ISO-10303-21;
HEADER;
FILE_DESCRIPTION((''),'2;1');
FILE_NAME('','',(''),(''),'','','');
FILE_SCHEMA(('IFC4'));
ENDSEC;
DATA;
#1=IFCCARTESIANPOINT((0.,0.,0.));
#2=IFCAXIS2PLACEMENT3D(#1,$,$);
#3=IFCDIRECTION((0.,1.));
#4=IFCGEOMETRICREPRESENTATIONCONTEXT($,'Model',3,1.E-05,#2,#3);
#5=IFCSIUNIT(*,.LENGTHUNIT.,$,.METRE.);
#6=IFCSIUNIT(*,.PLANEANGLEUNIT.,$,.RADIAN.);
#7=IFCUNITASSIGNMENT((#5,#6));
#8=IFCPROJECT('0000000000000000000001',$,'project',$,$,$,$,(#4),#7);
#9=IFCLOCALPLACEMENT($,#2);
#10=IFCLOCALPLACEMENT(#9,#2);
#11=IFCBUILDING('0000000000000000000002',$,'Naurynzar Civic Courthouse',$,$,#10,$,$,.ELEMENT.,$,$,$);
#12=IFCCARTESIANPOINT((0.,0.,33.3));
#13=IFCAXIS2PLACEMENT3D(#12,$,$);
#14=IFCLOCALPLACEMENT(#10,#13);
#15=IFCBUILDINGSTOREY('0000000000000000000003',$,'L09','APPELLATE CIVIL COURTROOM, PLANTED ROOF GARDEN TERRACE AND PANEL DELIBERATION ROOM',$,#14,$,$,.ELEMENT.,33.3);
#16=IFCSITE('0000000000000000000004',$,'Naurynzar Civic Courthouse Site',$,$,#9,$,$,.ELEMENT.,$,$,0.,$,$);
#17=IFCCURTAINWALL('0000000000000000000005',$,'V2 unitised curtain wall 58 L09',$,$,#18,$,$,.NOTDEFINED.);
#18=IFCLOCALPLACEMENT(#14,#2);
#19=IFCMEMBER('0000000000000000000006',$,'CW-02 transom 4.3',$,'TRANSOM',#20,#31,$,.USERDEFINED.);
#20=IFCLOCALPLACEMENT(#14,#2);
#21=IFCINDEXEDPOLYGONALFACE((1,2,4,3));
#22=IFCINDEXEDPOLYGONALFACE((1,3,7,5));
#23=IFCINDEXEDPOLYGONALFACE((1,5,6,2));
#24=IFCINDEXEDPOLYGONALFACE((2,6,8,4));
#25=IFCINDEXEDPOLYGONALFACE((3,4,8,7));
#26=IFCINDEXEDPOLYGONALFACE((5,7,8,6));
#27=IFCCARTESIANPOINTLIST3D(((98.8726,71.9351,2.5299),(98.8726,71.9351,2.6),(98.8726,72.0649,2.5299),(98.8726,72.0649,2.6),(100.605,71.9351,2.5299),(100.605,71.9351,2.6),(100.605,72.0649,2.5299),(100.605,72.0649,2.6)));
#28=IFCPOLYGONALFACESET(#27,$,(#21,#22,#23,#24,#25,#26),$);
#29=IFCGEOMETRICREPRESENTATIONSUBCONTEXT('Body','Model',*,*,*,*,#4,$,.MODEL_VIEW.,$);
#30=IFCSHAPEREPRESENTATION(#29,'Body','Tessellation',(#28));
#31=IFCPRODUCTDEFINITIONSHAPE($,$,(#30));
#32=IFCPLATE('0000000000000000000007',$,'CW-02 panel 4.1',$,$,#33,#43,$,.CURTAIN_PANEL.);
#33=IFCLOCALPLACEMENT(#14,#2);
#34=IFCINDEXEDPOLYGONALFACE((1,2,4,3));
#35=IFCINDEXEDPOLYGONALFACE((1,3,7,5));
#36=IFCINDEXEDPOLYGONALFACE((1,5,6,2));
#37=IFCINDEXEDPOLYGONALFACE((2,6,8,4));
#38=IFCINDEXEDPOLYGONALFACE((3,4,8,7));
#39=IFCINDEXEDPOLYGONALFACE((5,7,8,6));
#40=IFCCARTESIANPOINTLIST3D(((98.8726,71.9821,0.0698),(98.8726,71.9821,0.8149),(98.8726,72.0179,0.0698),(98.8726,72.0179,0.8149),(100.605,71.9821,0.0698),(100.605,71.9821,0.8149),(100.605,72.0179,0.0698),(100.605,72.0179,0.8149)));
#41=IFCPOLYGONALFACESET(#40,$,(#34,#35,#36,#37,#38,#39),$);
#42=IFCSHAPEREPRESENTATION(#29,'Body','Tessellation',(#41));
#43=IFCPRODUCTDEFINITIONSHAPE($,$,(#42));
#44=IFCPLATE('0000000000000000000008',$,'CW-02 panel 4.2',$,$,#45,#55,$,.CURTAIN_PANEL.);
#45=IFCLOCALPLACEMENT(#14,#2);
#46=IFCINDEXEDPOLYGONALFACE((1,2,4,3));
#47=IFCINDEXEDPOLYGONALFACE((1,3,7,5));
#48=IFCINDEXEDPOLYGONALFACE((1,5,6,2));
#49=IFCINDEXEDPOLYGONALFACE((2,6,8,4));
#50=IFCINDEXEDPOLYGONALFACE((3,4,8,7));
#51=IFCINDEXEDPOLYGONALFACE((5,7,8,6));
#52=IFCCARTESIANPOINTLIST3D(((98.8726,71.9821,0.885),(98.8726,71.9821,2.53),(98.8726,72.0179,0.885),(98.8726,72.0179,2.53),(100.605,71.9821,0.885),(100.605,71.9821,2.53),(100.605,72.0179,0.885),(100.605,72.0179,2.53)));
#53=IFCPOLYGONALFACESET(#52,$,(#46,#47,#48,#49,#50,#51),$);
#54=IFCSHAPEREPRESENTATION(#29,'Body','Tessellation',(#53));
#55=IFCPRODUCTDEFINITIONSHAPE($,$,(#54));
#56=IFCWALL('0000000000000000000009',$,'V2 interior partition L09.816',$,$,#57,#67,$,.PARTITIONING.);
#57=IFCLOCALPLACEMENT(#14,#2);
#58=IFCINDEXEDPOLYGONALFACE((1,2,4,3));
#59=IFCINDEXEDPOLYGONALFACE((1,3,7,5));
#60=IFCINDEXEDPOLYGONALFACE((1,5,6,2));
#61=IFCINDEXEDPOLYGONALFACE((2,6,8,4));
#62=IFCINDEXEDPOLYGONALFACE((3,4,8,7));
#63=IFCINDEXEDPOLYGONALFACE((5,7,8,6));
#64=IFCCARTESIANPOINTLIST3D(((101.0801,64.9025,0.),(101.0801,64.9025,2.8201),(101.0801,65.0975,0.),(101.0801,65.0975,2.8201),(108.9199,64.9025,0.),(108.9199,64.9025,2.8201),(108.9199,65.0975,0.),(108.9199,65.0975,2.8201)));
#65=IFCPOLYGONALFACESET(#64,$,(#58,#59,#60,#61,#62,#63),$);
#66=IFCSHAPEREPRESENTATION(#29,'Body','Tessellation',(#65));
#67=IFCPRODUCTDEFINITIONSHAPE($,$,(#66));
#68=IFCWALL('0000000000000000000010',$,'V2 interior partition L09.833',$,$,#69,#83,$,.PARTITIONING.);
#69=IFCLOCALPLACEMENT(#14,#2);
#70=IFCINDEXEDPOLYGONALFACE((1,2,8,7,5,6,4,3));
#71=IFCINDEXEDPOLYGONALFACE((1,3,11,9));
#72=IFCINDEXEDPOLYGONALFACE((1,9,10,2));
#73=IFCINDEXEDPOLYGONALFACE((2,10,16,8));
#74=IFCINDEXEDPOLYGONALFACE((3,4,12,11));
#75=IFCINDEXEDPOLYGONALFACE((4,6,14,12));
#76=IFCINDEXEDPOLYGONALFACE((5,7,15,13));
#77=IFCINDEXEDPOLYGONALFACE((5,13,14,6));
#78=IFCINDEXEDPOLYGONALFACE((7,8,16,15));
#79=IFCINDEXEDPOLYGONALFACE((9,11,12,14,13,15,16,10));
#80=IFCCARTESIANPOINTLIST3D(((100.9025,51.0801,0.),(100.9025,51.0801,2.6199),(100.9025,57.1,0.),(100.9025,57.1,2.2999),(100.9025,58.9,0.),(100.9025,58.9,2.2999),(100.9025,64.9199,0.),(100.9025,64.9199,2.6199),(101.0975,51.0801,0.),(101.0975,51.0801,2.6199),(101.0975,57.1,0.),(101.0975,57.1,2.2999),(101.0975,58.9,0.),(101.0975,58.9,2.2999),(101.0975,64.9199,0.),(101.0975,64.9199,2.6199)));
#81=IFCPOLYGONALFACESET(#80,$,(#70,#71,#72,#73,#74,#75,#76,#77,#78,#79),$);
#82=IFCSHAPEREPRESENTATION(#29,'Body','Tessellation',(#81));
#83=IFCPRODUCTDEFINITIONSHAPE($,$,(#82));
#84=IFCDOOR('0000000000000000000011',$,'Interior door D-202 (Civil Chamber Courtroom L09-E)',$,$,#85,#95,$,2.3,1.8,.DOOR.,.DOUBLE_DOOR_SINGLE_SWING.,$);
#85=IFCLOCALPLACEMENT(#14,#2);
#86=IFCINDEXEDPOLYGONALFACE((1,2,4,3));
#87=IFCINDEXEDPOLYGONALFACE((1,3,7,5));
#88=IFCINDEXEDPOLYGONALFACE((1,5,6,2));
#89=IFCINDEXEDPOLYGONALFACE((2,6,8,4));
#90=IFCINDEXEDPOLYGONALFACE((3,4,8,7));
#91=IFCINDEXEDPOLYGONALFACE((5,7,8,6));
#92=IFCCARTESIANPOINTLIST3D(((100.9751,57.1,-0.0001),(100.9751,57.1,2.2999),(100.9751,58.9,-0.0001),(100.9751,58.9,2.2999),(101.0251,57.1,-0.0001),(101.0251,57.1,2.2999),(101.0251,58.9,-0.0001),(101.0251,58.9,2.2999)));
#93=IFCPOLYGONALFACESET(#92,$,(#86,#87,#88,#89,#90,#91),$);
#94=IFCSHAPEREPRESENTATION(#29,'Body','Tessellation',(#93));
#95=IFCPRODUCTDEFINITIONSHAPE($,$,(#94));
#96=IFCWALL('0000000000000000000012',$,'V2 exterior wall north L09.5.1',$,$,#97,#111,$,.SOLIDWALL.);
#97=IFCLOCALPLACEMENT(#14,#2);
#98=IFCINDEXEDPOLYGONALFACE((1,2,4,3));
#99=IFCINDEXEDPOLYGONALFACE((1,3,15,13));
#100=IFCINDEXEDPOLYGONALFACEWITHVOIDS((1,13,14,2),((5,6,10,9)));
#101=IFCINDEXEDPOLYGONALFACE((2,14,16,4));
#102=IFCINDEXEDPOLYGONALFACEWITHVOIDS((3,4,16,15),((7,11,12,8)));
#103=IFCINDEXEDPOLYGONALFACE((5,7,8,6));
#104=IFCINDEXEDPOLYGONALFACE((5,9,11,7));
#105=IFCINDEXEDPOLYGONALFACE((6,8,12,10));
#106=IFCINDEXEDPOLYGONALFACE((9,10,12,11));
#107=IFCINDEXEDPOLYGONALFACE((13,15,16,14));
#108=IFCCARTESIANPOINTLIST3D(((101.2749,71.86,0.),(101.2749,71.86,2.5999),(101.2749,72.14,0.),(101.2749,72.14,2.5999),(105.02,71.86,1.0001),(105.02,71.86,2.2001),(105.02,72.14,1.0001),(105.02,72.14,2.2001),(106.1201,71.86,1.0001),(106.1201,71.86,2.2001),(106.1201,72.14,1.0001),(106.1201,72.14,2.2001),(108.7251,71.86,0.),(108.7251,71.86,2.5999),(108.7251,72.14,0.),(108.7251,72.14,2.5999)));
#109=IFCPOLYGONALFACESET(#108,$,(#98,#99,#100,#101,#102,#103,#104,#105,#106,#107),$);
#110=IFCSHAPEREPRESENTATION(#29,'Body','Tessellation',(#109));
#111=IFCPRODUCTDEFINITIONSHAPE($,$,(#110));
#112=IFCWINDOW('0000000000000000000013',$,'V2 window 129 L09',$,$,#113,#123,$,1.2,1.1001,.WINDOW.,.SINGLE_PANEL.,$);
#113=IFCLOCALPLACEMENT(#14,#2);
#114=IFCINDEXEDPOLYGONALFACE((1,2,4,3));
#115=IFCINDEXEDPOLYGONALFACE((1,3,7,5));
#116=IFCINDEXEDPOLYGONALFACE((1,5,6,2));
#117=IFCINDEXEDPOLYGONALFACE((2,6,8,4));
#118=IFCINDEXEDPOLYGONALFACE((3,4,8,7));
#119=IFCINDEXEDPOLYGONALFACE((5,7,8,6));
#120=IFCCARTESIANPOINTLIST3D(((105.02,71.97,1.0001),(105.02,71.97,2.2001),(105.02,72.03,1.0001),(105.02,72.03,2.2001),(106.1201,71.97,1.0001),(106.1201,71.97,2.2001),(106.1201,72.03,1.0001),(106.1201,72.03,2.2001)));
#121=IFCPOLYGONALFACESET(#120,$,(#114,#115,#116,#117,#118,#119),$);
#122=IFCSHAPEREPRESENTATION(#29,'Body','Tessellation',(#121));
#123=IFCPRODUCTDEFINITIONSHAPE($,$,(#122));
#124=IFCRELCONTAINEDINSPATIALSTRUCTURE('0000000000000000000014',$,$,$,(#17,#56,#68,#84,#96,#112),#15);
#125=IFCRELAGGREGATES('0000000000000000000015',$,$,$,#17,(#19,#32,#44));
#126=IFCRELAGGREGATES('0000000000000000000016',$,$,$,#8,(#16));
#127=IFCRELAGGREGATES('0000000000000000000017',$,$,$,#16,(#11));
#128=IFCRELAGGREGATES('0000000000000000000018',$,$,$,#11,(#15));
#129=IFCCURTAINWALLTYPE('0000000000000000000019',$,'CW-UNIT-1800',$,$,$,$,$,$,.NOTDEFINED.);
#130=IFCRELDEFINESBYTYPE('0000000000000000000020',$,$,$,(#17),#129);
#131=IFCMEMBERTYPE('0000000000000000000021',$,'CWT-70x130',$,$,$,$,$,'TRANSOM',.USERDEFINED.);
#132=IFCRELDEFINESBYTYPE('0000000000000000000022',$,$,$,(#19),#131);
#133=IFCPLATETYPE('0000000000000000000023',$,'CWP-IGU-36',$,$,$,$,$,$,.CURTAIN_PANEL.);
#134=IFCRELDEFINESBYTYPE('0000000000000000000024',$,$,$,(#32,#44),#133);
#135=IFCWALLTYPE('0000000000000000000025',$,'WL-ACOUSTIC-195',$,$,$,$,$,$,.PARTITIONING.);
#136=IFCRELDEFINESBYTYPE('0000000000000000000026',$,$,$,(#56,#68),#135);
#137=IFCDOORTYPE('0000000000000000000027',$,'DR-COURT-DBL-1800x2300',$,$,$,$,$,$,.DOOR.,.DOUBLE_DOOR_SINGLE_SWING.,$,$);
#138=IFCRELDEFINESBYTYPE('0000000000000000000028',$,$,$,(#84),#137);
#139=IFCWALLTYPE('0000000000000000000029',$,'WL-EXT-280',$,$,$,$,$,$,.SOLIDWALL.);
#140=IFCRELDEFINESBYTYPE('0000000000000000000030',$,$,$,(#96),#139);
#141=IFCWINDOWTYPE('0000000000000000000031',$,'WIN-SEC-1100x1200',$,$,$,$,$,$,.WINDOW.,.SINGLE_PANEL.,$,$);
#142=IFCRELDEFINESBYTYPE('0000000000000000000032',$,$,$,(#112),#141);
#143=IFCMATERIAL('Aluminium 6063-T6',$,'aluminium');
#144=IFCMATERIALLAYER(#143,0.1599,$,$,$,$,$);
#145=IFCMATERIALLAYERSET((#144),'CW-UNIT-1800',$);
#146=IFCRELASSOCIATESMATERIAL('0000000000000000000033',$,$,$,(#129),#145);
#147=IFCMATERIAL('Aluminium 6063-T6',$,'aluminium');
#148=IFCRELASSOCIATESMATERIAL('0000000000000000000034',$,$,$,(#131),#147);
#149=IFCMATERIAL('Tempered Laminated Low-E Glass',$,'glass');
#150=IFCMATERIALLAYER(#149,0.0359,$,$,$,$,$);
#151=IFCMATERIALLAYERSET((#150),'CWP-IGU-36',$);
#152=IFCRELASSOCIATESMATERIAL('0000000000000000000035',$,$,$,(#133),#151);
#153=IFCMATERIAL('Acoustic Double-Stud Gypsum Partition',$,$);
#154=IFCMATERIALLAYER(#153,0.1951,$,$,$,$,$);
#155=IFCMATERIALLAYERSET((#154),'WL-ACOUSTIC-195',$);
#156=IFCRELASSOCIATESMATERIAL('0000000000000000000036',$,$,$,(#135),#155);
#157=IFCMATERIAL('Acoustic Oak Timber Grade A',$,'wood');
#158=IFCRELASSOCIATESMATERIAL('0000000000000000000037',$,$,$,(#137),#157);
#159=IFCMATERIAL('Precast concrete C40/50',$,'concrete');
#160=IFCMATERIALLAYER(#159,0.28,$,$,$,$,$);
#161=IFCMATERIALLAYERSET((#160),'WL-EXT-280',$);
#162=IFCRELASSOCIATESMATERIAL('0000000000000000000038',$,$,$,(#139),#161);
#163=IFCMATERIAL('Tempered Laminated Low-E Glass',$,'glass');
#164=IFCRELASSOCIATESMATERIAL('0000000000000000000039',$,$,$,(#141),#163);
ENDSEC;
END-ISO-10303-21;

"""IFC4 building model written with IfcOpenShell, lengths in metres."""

from ifc_helpers import new_model, si_unit, direction, frame, frame_2d, origin, origin_2d, place, context, subcontext, project, spatial, rectangle, extrude, material, layer, layer_set, material_profile, profile_set, type_object, element, fill, aggregate, save


model = new_model("IFC4")

# Units and contexts
model_context = context("Model", 3, precision=1e-05, world=origin(), true_north=direction((0.0, 1.0)))
body_context = subcontext(model_context, "Body", "Model", "MODEL_VIEW")
ifc_project = project(units=[si_unit("LENGTHUNIT", "METRE"), si_unit("PLANEANGLEUNIT", "RADIAN")], contexts=[model_context])

# Site, building, storey
site_placement = place(None, origin())
site = spatial("IfcSite", under=ifc_project, at=site_placement, Name="Naurynzar Civic Courthouse Site", CompositionType="ELEMENT", RefElevation=0.0)
building_placement = place(site_placement, origin())
building = spatial("IfcBuilding", under=site, at=building_placement, Name="Naurynzar Civic Courthouse", CompositionType="ELEMENT")
storey_placement = place(building_placement, frame((0.0, 0.0, 33.3)))
storey = spatial("IfcBuildingStorey", under=building, at=storey_placement, Name="L09", Description="APPELLATE CIVIL COURTROOM, PLANTED ROOF GARDEN TERRACE AND PANEL DELIBERATION ROOM", CompositionType="ELEMENT", Elevation=33.3)

# Curtain wall, member, plates
ifc_material_1 = material(Name="Aluminium 6063-T6", Category="aluminium")
ifc_layer_1 = layer(ifc_material_1, 0.1599)
ifc_layer_set_1 = layer_set([ifc_layer_1], Name="CW-UNIT-1800")
curtain_wall_type = type_object("IfcCurtainWallType", Name="CW-UNIT-1800", PredefinedType="NOTDEFINED", material=ifc_layer_set_1)
curtain_wall_placement = place(storey_placement, origin())
curtain_wall = element("IfcCurtainWall", 1, at=curtain_wall_placement, inside=storey, type_object=curtain_wall_type, Name="V2 unitised curtain wall 58 L09", PredefinedType="NOTDEFINED")
ifc_material_2 = material(Name="Aluminium 6063-T6", Category="aluminium")
ifc_material_profile_1 = material_profile(ifc_material_2, rectangle(XDim=0.1299, YDim=0.0701, at=origin_2d()), Name="ALU TRANSOM 70x130")
ifc_profile_set_1 = profile_set([ifc_material_profile_1], Name="Aluminium 6063-T6")
member_type_1 = type_object("IfcMemberType", Name="CWT-70x130", ElementType="TRANSOM", PredefinedType="USERDEFINED", material=ifc_profile_set_1)
member_1_placement = place(storey_placement, frame((98.8726, 72.0, 2.5649), z_axis=(1.0, 0.0, 0.0), x_axis=(0.0, 1.0, 0.0)))
member_1 = element("IfcMember", 2, at=member_1_placement, type_object=member_type_1, Name="CW-02 transom 4.3", ObjectType="TRANSOM", PredefinedType="USERDEFINED", context=body_context, shape_type="SweptSolid", body=[
    extrude(rectangle(XDim=0.1299, YDim=0.0701, at=origin_2d()), origin(), (0.0, 0.0, 1.0), 1.7324),
])
ifc_material_3 = material(Name="Tempered Laminated Low-E Glass", Category="glass")
ifc_layer_2 = layer(ifc_material_3, 0.0359)
ifc_layer_set_2 = layer_set([ifc_layer_2], Name="CWP-IGU-36")
plate_type = type_object("IfcPlateType", Name="CWP-IGU-36", PredefinedType="CURTAIN_PANEL", material=ifc_layer_set_2)
plate_1_placement = place(storey_placement, frame((99.7388, 72.0, 0.0698), z_axis=(0.0, 0.0, 1.0), x_axis=(1.0, 0.0, 0.0)))
plate_1 = element("IfcPlate", 3, at=plate_1_placement, type_object=plate_type, Name="CW-02 panel 4.1", PredefinedType="CURTAIN_PANEL", context=body_context, shape_type="SweptSolid", body=[
    extrude(rectangle(XDim=1.7324, YDim=0.0359, at=origin_2d()), origin(), (0.0, 0.0, 1.0), 0.7451),
])
plate_2_placement = place(storey_placement, frame((99.7388, 72.0, 0.885), z_axis=(0.0, 0.0, 1.0), x_axis=(1.0, 0.0, 0.0)))
plate_2 = element("IfcPlate", 4, at=plate_2_placement, type_object=plate_type, Name="CW-02 panel 4.2", PredefinedType="CURTAIN_PANEL", context=body_context, shape_type="SweptSolid", body=[
    extrude(rectangle(XDim=1.7324, YDim=0.0359, at=origin_2d()), origin(), (0.0, 0.0, 1.0), 1.645),
])
aggregate(curtain_wall, [member_1, plate_1, plate_2])

# Wall
ifc_material_4 = material(Name="Acoustic Double-Stud Gypsum Partition")
ifc_layer_3 = layer(ifc_material_4, 0.1951)
ifc_layer_set_3 = layer_set([ifc_layer_3], Name="WL-ACOUSTIC-195")
wall_type_1 = type_object("IfcWallType", Name="WL-ACOUSTIC-195", PredefinedType="PARTITIONING", material=ifc_layer_set_3)
wall_1_placement = place(storey_placement, frame((101.0801, 65.0, 0.0), z_axis=(0.0, 0.0, 1.0), x_axis=(1.0, 0.0, 0.0)))
element("IfcWall", 5, at=wall_1_placement, inside=storey, type_object=wall_type_1, Name="V2 interior partition L09.816", PredefinedType="PARTITIONING", context=body_context, shape_type="SweptSolid", body=[
    extrude(rectangle(XDim=7.8398, YDim=0.1951, at=frame_2d((3.9199, 0.0))), origin(), (0.0, 0.0, 1.0), 2.8201),
])

# Wall, opening, door
wall_2_placement = place(storey_placement, frame((101.0, 51.0801, 0.0), z_axis=(0.0, 0.0, 1.0), x_axis=(0.0, 1.0, 0.0)))
wall_2 = element("IfcWall", 6, at=wall_2_placement, inside=storey, type_object=wall_type_1, Name="V2 interior partition L09.833", PredefinedType="PARTITIONING", context=body_context, shape_type="SweptSolid", body=[
    extrude(rectangle(XDim=13.8398, YDim=0.1951, at=frame_2d((6.9199, 0.0))), origin(), (0.0, 0.0, 1.0), 2.6199),
])
opening_1_placement = place(wall_2_placement, frame((6.02, 0.0, 0.0)))
opening_1 = element("IfcOpeningElement", 7, at=opening_1_placement, cuts=wall_2, PredefinedType="OPENING", context=body_context, shape_type="SweptSolid", body=[
    extrude(rectangle(XDim=1.8, YDim=2.3, at=frame_2d((0.8999, 1.1499))), frame((0.0, 0.1074, 0.0), z_axis=(0.0, -1.0, 0.0), x_axis=(1.0, 0.0, 0.0)), (0.0, 0.0, 1.0), 0.2151),
])
ifc_material_5 = material(Name="Acoustic Oak Timber Grade A", Category="wood")
door_type = type_object("IfcDoorType", Name="DR-COURT-DBL-1800x2300", OperationType="DOUBLE_DOOR_SINGLE_SWING", PredefinedType="DOOR", material=ifc_material_5)
door_placement = place(opening_1_placement, origin())
door = element("IfcDoor", 8, at=door_placement, inside=storey, type_object=door_type, Name="Interior door D-202 (Civil Chamber Courtroom L09-E)", OperationType="DOUBLE_DOOR_SINGLE_SWING", OverallHeight=2.3, OverallWidth=1.8, PredefinedType="DOOR", context=body_context, shape_type="SweptSolid", body=[
    extrude(rectangle(XDim=1.8, YDim=2.3, at=frame_2d((0.8999, 1.1499))), frame((0.0, 0.0249, 0.0), z_axis=(0.0, -1.0, 0.0), x_axis=(1.0, 0.0, 0.0)), (0.0, 0.0, 1.0), 0.05),
])
fill(opening_1, door)

# Wall, opening, window
ifc_material_6 = material(Name="Precast concrete C40/50", Category="concrete")
ifc_layer_4 = layer(ifc_material_6, 0.28)
ifc_layer_set_4 = layer_set([ifc_layer_4], Name="WL-EXT-280")
wall_type_2 = type_object("IfcWallType", Name="WL-EXT-280", PredefinedType="SOLIDWALL", material=ifc_layer_set_4)
wall_3_placement = place(storey_placement, frame((101.2749, 72.0, 0.0), z_axis=(0.0, 0.0, 1.0), x_axis=(1.0, 0.0, 0.0)))
wall_3 = element("IfcWall", 9, at=wall_3_placement, inside=storey, type_object=wall_type_2, Name="V2 exterior wall north L09.5.1", PredefinedType="SOLIDWALL", context=body_context, shape_type="SweptSolid", body=[
    extrude(rectangle(XDim=7.4502, YDim=0.28, at=frame_2d((3.7251, 0.0))), origin(), (0.0, 0.0, 1.0), 2.5999),
])
opening_2_placement = place(wall_3_placement, frame((3.7451, 0.0, 1.0)))
opening_2 = element("IfcOpeningElement", 10, at=opening_2_placement, cuts=wall_3, PredefinedType="OPENING", context=body_context, shape_type="SweptSolid", body=[
    extrude(rectangle(XDim=1.1001, YDim=1.2, at=frame_2d((0.55, 0.6001))), frame((0.0, 0.1499, 0.0), z_axis=(0.0, -1.0, 0.0), x_axis=(1.0, 0.0, 0.0)), (0.0, 0.0, 1.0), 0.3),
])
ifc_material_7 = material(Name="Tempered Laminated Low-E Glass", Category="glass")
window_type = type_object("IfcWindowType", Name="WIN-SEC-1100x1200", PartitioningType="SINGLE_PANEL", PredefinedType="WINDOW", material=ifc_material_7)
window_placement = place(opening_2_placement, origin())
window = element("IfcWindow", 11, at=window_placement, inside=storey, type_object=window_type, Name="V2 window 129 L09", OverallHeight=1.2, OverallWidth=1.1001, PartitioningType="SINGLE_PANEL", PredefinedType="WINDOW", context=body_context, shape_type="SweptSolid", body=[
    extrude(rectangle(XDim=1.1001, YDim=1.2, at=frame_2d((0.55, 0.6001))), frame((0.0, 0.03, 0.0), z_axis=(0.0, -1.0, 0.0), x_axis=(1.0, 0.0, 0.0)), (0.0, 0.0, 1.0), 0.0601),
])
fill(opening_2, window)

save(model, "model.ifc")
